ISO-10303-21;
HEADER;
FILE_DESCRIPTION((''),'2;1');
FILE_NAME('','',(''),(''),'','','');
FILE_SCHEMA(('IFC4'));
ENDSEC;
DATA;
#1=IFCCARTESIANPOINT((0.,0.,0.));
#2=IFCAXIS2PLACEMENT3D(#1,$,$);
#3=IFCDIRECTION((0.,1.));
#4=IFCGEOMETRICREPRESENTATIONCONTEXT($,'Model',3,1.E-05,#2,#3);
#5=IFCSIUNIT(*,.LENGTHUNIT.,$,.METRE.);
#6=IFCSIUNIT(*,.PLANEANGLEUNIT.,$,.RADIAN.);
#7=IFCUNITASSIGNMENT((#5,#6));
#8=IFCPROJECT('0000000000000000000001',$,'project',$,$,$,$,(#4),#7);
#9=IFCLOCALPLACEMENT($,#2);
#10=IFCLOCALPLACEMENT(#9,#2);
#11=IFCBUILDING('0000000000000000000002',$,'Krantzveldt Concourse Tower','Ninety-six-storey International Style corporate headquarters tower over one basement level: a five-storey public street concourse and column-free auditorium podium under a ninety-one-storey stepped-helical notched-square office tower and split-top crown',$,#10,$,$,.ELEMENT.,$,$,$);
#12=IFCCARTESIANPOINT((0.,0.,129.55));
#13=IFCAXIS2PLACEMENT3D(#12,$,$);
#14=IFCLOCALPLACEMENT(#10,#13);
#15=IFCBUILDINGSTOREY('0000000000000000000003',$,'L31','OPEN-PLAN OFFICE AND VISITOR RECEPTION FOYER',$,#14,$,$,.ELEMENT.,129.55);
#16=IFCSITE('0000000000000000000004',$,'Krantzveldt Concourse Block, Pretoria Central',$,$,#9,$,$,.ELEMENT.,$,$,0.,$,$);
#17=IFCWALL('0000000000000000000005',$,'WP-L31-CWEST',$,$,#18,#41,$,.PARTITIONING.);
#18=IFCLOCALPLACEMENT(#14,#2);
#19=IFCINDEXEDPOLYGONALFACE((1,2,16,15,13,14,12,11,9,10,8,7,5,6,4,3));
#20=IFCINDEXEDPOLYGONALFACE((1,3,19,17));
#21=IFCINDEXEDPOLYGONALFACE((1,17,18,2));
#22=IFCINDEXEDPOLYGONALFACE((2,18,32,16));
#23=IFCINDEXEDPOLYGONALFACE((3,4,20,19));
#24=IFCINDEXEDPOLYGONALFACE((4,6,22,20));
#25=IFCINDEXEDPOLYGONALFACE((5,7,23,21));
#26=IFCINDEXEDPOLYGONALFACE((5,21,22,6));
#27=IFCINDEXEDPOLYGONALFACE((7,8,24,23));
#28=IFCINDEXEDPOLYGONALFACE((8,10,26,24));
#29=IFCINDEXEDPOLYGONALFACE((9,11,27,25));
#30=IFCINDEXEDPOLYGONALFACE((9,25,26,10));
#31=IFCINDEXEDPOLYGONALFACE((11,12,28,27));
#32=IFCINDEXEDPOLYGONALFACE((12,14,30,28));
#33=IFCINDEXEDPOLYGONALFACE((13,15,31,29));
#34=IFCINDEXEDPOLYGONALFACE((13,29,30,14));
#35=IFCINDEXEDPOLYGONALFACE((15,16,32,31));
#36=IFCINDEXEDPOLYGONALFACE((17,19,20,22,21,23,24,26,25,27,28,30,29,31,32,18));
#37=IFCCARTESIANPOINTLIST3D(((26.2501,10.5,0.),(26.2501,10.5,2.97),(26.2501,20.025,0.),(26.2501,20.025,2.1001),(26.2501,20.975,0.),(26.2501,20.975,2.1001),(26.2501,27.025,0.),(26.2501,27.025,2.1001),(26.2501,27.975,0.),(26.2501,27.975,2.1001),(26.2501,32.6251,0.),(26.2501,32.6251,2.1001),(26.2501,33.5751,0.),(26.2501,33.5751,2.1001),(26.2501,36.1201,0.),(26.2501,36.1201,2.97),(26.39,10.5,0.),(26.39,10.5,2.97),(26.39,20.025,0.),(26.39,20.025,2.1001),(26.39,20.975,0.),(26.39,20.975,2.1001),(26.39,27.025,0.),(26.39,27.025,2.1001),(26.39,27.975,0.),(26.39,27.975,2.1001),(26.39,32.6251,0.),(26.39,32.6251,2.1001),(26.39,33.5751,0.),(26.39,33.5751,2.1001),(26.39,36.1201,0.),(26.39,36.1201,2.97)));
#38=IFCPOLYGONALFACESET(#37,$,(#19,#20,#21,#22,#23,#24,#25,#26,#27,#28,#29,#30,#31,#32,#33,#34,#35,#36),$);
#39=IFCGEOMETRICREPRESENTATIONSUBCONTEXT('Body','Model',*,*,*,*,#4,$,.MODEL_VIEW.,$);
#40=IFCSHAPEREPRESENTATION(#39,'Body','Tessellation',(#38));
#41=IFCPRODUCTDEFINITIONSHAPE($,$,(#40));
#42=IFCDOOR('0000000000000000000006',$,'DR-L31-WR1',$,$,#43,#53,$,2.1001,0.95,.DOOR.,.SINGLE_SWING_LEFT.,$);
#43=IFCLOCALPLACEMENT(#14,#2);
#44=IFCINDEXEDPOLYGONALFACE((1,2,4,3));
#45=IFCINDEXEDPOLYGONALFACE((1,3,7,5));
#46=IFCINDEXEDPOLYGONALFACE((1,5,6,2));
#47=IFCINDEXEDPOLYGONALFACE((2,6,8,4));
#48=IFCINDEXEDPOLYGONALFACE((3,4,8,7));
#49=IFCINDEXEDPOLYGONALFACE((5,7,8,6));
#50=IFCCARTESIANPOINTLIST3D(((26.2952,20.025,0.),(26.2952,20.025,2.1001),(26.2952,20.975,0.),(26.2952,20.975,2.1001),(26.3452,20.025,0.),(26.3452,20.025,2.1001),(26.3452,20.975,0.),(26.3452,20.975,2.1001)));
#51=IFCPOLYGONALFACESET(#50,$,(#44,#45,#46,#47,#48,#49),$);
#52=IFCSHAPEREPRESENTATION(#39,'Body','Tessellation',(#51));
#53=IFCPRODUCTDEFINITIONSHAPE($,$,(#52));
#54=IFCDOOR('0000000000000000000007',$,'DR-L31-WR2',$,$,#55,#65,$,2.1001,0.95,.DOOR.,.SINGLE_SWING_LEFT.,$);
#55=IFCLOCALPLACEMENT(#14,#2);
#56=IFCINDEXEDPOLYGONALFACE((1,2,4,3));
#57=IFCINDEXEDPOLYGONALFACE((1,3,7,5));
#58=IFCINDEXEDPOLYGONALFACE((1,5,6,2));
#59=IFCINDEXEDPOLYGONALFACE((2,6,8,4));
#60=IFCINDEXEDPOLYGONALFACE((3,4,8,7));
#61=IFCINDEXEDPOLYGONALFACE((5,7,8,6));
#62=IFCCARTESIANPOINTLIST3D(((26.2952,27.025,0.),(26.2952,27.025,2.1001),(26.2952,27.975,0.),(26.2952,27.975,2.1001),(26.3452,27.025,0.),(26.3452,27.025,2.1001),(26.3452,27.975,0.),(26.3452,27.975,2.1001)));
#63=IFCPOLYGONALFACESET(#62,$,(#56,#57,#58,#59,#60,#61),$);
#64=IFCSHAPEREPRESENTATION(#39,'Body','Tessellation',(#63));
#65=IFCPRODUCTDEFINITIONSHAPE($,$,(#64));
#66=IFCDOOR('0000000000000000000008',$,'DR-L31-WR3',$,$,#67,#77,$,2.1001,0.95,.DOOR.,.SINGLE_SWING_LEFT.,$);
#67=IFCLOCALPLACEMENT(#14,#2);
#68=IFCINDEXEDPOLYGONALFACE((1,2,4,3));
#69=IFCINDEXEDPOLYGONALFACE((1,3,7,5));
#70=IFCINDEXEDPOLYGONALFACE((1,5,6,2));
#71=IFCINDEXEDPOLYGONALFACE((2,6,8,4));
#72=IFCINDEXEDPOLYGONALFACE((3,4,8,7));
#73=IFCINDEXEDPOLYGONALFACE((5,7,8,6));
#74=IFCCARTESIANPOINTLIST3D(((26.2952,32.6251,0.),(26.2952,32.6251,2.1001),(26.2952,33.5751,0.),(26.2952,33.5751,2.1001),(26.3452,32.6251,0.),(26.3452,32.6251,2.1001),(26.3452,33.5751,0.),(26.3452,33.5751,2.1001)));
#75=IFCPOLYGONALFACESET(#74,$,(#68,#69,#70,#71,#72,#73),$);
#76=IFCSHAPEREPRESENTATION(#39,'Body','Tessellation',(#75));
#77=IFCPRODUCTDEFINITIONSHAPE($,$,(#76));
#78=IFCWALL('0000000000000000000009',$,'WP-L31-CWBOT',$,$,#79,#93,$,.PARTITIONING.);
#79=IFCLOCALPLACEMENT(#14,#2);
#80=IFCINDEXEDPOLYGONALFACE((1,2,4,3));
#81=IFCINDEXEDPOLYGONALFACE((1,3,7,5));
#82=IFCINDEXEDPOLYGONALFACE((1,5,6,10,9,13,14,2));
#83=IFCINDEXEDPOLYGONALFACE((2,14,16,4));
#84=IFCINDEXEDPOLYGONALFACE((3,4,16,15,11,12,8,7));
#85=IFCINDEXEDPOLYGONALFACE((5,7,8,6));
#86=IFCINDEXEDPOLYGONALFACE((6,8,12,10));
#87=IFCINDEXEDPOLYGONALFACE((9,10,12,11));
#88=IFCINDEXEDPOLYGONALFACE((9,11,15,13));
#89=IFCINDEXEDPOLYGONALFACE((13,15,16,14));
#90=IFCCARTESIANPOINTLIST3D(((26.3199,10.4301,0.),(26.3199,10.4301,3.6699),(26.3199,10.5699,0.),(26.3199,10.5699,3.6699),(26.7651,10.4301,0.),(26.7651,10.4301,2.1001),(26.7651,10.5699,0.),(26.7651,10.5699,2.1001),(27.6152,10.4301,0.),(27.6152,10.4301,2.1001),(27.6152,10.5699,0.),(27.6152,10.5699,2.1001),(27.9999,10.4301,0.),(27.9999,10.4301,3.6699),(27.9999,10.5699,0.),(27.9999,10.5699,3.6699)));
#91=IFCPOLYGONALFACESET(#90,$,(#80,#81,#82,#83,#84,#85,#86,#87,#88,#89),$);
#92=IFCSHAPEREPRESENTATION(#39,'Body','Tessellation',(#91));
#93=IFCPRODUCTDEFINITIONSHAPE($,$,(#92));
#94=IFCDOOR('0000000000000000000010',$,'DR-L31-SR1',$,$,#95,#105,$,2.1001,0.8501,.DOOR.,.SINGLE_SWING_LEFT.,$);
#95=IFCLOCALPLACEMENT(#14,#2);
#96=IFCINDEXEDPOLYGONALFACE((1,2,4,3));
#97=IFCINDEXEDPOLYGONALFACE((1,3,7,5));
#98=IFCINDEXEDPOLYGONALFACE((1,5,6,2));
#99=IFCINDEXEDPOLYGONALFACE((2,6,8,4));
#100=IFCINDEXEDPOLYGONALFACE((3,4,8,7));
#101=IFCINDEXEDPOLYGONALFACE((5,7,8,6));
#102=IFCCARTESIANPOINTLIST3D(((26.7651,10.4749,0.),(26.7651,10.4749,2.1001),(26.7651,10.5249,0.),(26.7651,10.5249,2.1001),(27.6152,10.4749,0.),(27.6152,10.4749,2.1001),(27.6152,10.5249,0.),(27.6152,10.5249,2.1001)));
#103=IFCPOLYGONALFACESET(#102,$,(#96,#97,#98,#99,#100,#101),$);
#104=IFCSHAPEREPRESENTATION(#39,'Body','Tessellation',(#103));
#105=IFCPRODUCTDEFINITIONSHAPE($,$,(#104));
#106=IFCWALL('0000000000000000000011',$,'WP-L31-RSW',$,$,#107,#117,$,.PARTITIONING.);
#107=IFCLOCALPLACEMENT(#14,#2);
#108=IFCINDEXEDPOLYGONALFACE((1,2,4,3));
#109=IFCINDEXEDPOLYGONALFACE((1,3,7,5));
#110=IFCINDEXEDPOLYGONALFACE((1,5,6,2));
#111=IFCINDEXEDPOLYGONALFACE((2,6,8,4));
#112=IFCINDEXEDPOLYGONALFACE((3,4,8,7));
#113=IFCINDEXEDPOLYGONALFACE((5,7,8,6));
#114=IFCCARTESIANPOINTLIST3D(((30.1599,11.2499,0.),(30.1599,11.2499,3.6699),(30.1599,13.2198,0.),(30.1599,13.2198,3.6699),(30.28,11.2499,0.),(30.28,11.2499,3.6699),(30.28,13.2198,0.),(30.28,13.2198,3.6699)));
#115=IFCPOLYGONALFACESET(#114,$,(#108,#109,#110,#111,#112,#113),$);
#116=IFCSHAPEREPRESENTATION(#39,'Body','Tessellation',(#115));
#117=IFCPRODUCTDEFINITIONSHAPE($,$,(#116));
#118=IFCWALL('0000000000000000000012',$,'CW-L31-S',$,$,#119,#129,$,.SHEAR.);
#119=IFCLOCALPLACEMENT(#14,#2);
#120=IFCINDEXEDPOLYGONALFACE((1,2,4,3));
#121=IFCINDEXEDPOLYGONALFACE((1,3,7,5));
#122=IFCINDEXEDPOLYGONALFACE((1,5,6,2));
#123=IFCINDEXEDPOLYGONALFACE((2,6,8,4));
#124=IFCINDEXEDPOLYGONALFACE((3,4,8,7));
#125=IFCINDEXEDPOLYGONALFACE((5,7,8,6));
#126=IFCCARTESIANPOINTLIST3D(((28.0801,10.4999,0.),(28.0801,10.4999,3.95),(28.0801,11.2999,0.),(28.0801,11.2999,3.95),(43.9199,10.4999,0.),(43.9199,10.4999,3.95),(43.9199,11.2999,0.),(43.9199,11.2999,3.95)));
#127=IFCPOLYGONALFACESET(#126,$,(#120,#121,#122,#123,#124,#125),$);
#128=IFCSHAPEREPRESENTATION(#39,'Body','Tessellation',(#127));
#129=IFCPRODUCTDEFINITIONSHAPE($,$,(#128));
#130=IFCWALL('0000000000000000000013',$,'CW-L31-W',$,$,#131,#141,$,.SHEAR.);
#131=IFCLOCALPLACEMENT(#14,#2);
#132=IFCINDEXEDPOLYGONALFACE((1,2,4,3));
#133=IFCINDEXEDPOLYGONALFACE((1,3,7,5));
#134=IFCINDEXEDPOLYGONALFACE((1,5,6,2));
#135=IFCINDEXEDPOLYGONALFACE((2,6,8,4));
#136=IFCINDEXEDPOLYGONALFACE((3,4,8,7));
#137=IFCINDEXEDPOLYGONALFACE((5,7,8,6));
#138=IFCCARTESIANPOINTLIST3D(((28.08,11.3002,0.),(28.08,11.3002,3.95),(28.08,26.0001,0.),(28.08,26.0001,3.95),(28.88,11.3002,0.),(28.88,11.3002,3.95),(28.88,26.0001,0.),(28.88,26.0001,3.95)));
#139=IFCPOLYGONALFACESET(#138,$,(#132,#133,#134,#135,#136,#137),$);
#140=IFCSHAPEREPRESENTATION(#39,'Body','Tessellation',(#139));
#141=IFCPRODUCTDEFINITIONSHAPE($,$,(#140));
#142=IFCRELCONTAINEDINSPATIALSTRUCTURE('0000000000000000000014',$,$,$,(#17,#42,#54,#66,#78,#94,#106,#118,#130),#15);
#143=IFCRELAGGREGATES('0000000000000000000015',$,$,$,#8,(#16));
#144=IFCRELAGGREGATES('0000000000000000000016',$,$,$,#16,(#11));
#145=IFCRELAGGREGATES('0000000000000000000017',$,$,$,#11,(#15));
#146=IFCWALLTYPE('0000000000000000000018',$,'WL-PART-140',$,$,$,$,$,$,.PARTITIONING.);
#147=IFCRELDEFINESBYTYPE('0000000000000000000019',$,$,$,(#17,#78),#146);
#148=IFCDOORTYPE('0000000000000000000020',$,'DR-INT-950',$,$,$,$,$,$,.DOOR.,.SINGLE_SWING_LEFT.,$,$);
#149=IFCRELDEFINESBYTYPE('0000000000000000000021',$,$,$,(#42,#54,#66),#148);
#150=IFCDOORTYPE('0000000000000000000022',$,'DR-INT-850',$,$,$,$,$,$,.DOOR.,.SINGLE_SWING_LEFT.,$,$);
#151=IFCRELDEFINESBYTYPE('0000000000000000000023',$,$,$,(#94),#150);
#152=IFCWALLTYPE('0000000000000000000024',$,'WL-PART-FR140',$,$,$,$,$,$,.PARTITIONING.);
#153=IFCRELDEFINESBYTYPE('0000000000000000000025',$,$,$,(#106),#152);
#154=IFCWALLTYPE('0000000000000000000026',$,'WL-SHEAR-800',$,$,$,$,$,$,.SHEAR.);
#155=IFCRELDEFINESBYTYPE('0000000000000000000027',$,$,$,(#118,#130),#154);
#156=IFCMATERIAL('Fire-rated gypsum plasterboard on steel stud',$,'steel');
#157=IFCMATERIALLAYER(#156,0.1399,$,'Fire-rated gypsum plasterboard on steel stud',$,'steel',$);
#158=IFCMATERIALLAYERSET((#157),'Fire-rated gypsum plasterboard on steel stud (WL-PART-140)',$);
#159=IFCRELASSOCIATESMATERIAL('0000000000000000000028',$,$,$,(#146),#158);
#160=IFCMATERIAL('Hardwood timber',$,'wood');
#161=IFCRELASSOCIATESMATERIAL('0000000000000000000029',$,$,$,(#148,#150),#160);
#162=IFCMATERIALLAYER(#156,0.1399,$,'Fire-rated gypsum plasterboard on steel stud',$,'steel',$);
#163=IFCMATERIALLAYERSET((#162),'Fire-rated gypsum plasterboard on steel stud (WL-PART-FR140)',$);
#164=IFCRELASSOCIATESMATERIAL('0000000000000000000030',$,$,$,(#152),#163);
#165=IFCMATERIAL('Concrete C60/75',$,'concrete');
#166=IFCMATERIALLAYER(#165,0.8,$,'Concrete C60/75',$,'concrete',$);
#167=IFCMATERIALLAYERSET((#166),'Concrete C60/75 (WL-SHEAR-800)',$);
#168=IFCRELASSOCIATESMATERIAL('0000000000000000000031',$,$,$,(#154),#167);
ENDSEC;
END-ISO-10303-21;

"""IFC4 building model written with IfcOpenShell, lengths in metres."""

from ifc_helpers import new_model, si_unit, direction, frame, frame_2d, origin, place, context, subcontext, project, spatial, rectangle, extrude, material, layer, layer_set, type_object, element, fill, save


model = new_model("IFC4")

# Units and contexts
model_context = context("Model", 3, precision=1e-05, world=origin(), true_north=direction((0.0, 1.0)))
body_context = subcontext(model_context, "Body", "Model", "MODEL_VIEW")
ifc_project = project(units=[si_unit("LENGTHUNIT", "METRE"), si_unit("PLANEANGLEUNIT", "RADIAN")], contexts=[model_context])

# Site, building, storey
site_placement = place(None, origin())
site = spatial("IfcSite", under=ifc_project, at=site_placement, Name="Krantzveldt Concourse Block, Pretoria Central", CompositionType="ELEMENT", RefElevation=0.0)
building_placement = place(site_placement, origin())
building = spatial("IfcBuilding", under=site, at=building_placement, Name="Krantzveldt Concourse Tower", Description="Ninety-six-storey International Style corporate headquarters tower over one basement level: a five-storey public street concourse and column-free auditorium podium under a ninety-one-storey stepped-helical notched-square office tower and split-top crown", CompositionType="ELEMENT")
storey_placement = place(building_placement, frame((0.0, 0.0, 129.55)))
storey = spatial("IfcBuildingStorey", under=building, at=storey_placement, Name="L31", Description="OPEN-PLAN OFFICE AND VISITOR RECEPTION FOYER", CompositionType="ELEMENT", Elevation=129.55)

# Wall, openings, doors
ifc_material_1 = material(Name="Fire-rated gypsum plasterboard on steel stud", Category="steel")
ifc_layer_1 = layer(ifc_material_1, 0.1399, Name="Fire-rated gypsum plasterboard on steel stud", Category="steel")
ifc_layer_set_1 = layer_set([ifc_layer_1], Name="Fire-rated gypsum plasterboard on steel stud (WL-PART-140)")
wall_type_1 = type_object("IfcWallType", Name="WL-PART-140", PredefinedType="PARTITIONING", material=ifc_layer_set_1)
wall_1_placement = place(storey_placement, frame((26.3201, 10.5, 0.0), z_axis=(0.0, 0.0, 1.0), x_axis=(0.0, 1.0, 0.0)))
wall_1 = element("IfcWall", 1, at=wall_1_placement, inside=storey, type_object=wall_type_1, Name="WP-L31-CWEST", PredefinedType="PARTITIONING", context=body_context, shape_type="SweptSolid", body=[
    extrude(rectangle(XDim=25.6201, YDim=0.1399, at=frame_2d((12.8101, 0.0))), origin(), (0.0, 0.0, 1.0), 2.97),
])
opening_1_placement = place(wall_1_placement, frame((9.5249, 0.0, 0.0)))
opening_1 = element("IfcOpeningElement", 2, at=opening_1_placement, cuts=wall_1, PredefinedType="OPENING", context=body_context, shape_type="SweptSolid", body=[
    extrude(rectangle(XDim=0.95, YDim=2.1001, at=frame_2d((0.4751, 1.05))), frame((0.0, 0.0801, 0.0), z_axis=(0.0, -1.0, 0.0), x_axis=(1.0, 0.0, 0.0)), (0.0, 0.0, 1.0), 0.1599),
])
opening_2_placement = place(wall_1_placement, frame((16.5249, 0.0, 0.0)))
opening_2 = element("IfcOpeningElement", 3, at=opening_2_placement, cuts=wall_1, PredefinedType="OPENING", context=body_context, shape_type="SweptSolid", body=[
    extrude(rectangle(XDim=0.95, YDim=2.1001, at=frame_2d((0.4751, 1.05))), frame((0.0, 0.0801, 0.0), z_axis=(0.0, -1.0, 0.0), x_axis=(1.0, 0.0, 0.0)), (0.0, 0.0, 1.0), 0.1599),
])
opening_3_placement = place(wall_1_placement, frame((22.125, 0.0, 0.0)))
opening_3 = element("IfcOpeningElement", 4, at=opening_3_placement, cuts=wall_1, PredefinedType="OPENING", context=body_context, shape_type="SweptSolid", body=[
    extrude(rectangle(XDim=0.95, YDim=2.1001, at=frame_2d((0.4751, 1.05))), frame((0.0, 0.0801, 0.0), z_axis=(0.0, -1.0, 0.0), x_axis=(1.0, 0.0, 0.0)), (0.0, 0.0, 1.0), 0.1599),
])
ifc_material_2 = material(Name="Hardwood timber", Category="wood")
door_type_1 = type_object("IfcDoorType", Name="DR-INT-950", OperationType="SINGLE_SWING_LEFT", PredefinedType="DOOR", material=ifc_material_2)
door_1_placement = place(opening_1_placement, origin())
door_1 = element("IfcDoor", 5, at=door_1_placement, inside=storey, type_object=door_type_1, Name="DR-L31-WR1", OperationType="SINGLE_SWING_LEFT", OverallHeight=2.1001, OverallWidth=0.95, PredefinedType="DOOR", context=body_context, shape_type="SweptSolid", body=[
    extrude(rectangle(XDim=0.95, YDim=2.1001, at=frame_2d((0.4751, 1.05))), frame((0.0, 0.0249, 0.0), z_axis=(0.0, -1.0, 0.0), x_axis=(1.0, 0.0, 0.0)), (0.0, 0.0, 1.0), 0.05),
])
fill(opening_1, door_1)
door_2_placement = place(opening_2_placement, origin())
door_2 = element("IfcDoor", 6, at=door_2_placement, inside=storey, type_object=door_type_1, Name="DR-L31-WR2", OperationType="SINGLE_SWING_LEFT", OverallHeight=2.1001, OverallWidth=0.95, PredefinedType="DOOR", context=body_context, shape_type="SweptSolid", body=[
    extrude(rectangle(XDim=0.95, YDim=2.1001, at=frame_2d((0.4751, 1.05))), frame((0.0, 0.0249, 0.0), z_axis=(0.0, -1.0, 0.0), x_axis=(1.0, 0.0, 0.0)), (0.0, 0.0, 1.0), 0.05),
])
fill(opening_2, door_2)
door_3_placement = place(opening_3_placement, origin())
door_3 = element("IfcDoor", 7, at=door_3_placement, inside=storey, type_object=door_type_1, Name="DR-L31-WR3", OperationType="SINGLE_SWING_LEFT", OverallHeight=2.1001, OverallWidth=0.95, PredefinedType="DOOR", context=body_context, shape_type="SweptSolid", body=[
    extrude(rectangle(XDim=0.95, YDim=2.1001, at=frame_2d((0.4751, 1.05))), frame((0.0, 0.0249, 0.0), z_axis=(0.0, -1.0, 0.0), x_axis=(1.0, 0.0, 0.0)), (0.0, 0.0, 1.0), 0.05),
])
fill(opening_3, door_3)

# Wall, opening, door
wall_2_placement = place(storey_placement, frame((26.3201, 10.5, 0.0), z_axis=(0.0, 0.0, 1.0), x_axis=(1.0, 0.0, 0.0)))
wall_2 = element("IfcWall", 8, at=wall_2_placement, inside=storey, type_object=wall_type_1, Name="WP-L31-CWBOT", PredefinedType="PARTITIONING", context=body_context, shape_type="SweptSolid", body=[
    extrude(rectangle(XDim=1.6799, YDim=0.1399, at=frame_2d((0.8398, 0.0))), origin(), (0.0, 0.0, 1.0), 3.6699),
])
opening_4_placement = place(wall_2_placement, frame((0.4451, 0.0, 0.0)))
opening_4 = element("IfcOpeningElement", 9, at=opening_4_placement, cuts=wall_2, PredefinedType="OPENING", context=body_context, shape_type="SweptSolid", body=[
    extrude(rectangle(XDim=0.8501, YDim=2.1001, at=frame_2d((0.425, 1.05))), frame((0.0, 0.0801, 0.0), z_axis=(0.0, -1.0, 0.0), x_axis=(1.0, 0.0, 0.0)), (0.0, 0.0, 1.0), 0.1599),
])
door_type_2 = type_object("IfcDoorType", Name="DR-INT-850", OperationType="SINGLE_SWING_LEFT", PredefinedType="DOOR", material=ifc_material_2)
door_4_placement = place(opening_4_placement, origin())
door_4 = element("IfcDoor", 10, at=door_4_placement, inside=storey, type_object=door_type_2, Name="DR-L31-SR1", OperationType="SINGLE_SWING_LEFT", OverallHeight=2.1001, OverallWidth=0.8501, PredefinedType="DOOR", context=body_context, shape_type="SweptSolid", body=[
    extrude(rectangle(XDim=0.8501, YDim=2.1001, at=frame_2d((0.425, 1.05))), frame((0.0, 0.0249, 0.0), z_axis=(0.0, -1.0, 0.0), x_axis=(1.0, 0.0, 0.0)), (0.0, 0.0, 1.0), 0.05),
])
fill(opening_4, door_4)

# Walls
ifc_layer_2 = layer(ifc_material_1, 0.1399, Name="Fire-rated gypsum plasterboard on steel stud", Category="steel")
ifc_layer_set_2 = layer_set([ifc_layer_2], Name="Fire-rated gypsum plasterboard on steel stud (WL-PART-FR140)")
wall_type_2 = type_object("IfcWallType", Name="WL-PART-FR140", PredefinedType="PARTITIONING", material=ifc_layer_set_2)
wall_3_placement = place(storey_placement, frame((30.22, 11.25, 0.0), z_axis=(0.0, 0.0, 1.0), x_axis=(0.0, 1.0, 0.0)))
element("IfcWall", 11, at=wall_3_placement, inside=storey, type_object=wall_type_2, Name="WP-L31-RSW", PredefinedType="PARTITIONING", context=body_context, shape_type="SweptSolid", body=[
    extrude(rectangle(XDim=1.97, YDim=0.1201, at=frame_2d((0.9849, 0.0))), origin(), (0.0, 0.0, 1.0), 3.6699),
])
ifc_material_3 = material(Name="Concrete C60/75", Category="concrete")
ifc_layer_3 = layer(ifc_material_3, 0.8, Name="Concrete C60/75", Category="concrete")
ifc_layer_set_3 = layer_set([ifc_layer_3], Name="Concrete C60/75 (WL-SHEAR-800)")
wall_type_3 = type_object("IfcWallType", Name="WL-SHEAR-800", PredefinedType="SHEAR", material=ifc_layer_set_3)
wall_4_placement = place(storey_placement, frame((28.0801, 10.8999, 0.0), z_axis=(0.0, 0.0, 1.0), x_axis=(1.0, 0.0, 0.0)))
element("IfcWall", 12, at=wall_4_placement, inside=storey, type_object=wall_type_3, Name="CW-L31-S", PredefinedType="SHEAR", context=body_context, shape_type="SweptSolid", body=[
    extrude(rectangle(XDim=15.8398, YDim=0.8, at=frame_2d((7.9199, 0.0))), origin(), (0.0, 0.0, 1.0), 3.95),
])
wall_5_placement = place(storey_placement, frame((28.48, 11.3, 0.0), z_axis=(0.0, 0.0, 1.0), x_axis=(0.0, 1.0, 0.0)))
element("IfcWall", 13, at=wall_5_placement, inside=storey, type_object=wall_type_3, Name="CW-L31-W", PredefinedType="SHEAR", context=body_context, shape_type="SweptSolid", body=[
    extrude(rectangle(XDim=14.7, YDim=0.8, at=frame_2d((7.3501, 0.0))), origin(), (0.0, 0.0, 1.0), 3.95),
])

save(model, "model.ifc")
